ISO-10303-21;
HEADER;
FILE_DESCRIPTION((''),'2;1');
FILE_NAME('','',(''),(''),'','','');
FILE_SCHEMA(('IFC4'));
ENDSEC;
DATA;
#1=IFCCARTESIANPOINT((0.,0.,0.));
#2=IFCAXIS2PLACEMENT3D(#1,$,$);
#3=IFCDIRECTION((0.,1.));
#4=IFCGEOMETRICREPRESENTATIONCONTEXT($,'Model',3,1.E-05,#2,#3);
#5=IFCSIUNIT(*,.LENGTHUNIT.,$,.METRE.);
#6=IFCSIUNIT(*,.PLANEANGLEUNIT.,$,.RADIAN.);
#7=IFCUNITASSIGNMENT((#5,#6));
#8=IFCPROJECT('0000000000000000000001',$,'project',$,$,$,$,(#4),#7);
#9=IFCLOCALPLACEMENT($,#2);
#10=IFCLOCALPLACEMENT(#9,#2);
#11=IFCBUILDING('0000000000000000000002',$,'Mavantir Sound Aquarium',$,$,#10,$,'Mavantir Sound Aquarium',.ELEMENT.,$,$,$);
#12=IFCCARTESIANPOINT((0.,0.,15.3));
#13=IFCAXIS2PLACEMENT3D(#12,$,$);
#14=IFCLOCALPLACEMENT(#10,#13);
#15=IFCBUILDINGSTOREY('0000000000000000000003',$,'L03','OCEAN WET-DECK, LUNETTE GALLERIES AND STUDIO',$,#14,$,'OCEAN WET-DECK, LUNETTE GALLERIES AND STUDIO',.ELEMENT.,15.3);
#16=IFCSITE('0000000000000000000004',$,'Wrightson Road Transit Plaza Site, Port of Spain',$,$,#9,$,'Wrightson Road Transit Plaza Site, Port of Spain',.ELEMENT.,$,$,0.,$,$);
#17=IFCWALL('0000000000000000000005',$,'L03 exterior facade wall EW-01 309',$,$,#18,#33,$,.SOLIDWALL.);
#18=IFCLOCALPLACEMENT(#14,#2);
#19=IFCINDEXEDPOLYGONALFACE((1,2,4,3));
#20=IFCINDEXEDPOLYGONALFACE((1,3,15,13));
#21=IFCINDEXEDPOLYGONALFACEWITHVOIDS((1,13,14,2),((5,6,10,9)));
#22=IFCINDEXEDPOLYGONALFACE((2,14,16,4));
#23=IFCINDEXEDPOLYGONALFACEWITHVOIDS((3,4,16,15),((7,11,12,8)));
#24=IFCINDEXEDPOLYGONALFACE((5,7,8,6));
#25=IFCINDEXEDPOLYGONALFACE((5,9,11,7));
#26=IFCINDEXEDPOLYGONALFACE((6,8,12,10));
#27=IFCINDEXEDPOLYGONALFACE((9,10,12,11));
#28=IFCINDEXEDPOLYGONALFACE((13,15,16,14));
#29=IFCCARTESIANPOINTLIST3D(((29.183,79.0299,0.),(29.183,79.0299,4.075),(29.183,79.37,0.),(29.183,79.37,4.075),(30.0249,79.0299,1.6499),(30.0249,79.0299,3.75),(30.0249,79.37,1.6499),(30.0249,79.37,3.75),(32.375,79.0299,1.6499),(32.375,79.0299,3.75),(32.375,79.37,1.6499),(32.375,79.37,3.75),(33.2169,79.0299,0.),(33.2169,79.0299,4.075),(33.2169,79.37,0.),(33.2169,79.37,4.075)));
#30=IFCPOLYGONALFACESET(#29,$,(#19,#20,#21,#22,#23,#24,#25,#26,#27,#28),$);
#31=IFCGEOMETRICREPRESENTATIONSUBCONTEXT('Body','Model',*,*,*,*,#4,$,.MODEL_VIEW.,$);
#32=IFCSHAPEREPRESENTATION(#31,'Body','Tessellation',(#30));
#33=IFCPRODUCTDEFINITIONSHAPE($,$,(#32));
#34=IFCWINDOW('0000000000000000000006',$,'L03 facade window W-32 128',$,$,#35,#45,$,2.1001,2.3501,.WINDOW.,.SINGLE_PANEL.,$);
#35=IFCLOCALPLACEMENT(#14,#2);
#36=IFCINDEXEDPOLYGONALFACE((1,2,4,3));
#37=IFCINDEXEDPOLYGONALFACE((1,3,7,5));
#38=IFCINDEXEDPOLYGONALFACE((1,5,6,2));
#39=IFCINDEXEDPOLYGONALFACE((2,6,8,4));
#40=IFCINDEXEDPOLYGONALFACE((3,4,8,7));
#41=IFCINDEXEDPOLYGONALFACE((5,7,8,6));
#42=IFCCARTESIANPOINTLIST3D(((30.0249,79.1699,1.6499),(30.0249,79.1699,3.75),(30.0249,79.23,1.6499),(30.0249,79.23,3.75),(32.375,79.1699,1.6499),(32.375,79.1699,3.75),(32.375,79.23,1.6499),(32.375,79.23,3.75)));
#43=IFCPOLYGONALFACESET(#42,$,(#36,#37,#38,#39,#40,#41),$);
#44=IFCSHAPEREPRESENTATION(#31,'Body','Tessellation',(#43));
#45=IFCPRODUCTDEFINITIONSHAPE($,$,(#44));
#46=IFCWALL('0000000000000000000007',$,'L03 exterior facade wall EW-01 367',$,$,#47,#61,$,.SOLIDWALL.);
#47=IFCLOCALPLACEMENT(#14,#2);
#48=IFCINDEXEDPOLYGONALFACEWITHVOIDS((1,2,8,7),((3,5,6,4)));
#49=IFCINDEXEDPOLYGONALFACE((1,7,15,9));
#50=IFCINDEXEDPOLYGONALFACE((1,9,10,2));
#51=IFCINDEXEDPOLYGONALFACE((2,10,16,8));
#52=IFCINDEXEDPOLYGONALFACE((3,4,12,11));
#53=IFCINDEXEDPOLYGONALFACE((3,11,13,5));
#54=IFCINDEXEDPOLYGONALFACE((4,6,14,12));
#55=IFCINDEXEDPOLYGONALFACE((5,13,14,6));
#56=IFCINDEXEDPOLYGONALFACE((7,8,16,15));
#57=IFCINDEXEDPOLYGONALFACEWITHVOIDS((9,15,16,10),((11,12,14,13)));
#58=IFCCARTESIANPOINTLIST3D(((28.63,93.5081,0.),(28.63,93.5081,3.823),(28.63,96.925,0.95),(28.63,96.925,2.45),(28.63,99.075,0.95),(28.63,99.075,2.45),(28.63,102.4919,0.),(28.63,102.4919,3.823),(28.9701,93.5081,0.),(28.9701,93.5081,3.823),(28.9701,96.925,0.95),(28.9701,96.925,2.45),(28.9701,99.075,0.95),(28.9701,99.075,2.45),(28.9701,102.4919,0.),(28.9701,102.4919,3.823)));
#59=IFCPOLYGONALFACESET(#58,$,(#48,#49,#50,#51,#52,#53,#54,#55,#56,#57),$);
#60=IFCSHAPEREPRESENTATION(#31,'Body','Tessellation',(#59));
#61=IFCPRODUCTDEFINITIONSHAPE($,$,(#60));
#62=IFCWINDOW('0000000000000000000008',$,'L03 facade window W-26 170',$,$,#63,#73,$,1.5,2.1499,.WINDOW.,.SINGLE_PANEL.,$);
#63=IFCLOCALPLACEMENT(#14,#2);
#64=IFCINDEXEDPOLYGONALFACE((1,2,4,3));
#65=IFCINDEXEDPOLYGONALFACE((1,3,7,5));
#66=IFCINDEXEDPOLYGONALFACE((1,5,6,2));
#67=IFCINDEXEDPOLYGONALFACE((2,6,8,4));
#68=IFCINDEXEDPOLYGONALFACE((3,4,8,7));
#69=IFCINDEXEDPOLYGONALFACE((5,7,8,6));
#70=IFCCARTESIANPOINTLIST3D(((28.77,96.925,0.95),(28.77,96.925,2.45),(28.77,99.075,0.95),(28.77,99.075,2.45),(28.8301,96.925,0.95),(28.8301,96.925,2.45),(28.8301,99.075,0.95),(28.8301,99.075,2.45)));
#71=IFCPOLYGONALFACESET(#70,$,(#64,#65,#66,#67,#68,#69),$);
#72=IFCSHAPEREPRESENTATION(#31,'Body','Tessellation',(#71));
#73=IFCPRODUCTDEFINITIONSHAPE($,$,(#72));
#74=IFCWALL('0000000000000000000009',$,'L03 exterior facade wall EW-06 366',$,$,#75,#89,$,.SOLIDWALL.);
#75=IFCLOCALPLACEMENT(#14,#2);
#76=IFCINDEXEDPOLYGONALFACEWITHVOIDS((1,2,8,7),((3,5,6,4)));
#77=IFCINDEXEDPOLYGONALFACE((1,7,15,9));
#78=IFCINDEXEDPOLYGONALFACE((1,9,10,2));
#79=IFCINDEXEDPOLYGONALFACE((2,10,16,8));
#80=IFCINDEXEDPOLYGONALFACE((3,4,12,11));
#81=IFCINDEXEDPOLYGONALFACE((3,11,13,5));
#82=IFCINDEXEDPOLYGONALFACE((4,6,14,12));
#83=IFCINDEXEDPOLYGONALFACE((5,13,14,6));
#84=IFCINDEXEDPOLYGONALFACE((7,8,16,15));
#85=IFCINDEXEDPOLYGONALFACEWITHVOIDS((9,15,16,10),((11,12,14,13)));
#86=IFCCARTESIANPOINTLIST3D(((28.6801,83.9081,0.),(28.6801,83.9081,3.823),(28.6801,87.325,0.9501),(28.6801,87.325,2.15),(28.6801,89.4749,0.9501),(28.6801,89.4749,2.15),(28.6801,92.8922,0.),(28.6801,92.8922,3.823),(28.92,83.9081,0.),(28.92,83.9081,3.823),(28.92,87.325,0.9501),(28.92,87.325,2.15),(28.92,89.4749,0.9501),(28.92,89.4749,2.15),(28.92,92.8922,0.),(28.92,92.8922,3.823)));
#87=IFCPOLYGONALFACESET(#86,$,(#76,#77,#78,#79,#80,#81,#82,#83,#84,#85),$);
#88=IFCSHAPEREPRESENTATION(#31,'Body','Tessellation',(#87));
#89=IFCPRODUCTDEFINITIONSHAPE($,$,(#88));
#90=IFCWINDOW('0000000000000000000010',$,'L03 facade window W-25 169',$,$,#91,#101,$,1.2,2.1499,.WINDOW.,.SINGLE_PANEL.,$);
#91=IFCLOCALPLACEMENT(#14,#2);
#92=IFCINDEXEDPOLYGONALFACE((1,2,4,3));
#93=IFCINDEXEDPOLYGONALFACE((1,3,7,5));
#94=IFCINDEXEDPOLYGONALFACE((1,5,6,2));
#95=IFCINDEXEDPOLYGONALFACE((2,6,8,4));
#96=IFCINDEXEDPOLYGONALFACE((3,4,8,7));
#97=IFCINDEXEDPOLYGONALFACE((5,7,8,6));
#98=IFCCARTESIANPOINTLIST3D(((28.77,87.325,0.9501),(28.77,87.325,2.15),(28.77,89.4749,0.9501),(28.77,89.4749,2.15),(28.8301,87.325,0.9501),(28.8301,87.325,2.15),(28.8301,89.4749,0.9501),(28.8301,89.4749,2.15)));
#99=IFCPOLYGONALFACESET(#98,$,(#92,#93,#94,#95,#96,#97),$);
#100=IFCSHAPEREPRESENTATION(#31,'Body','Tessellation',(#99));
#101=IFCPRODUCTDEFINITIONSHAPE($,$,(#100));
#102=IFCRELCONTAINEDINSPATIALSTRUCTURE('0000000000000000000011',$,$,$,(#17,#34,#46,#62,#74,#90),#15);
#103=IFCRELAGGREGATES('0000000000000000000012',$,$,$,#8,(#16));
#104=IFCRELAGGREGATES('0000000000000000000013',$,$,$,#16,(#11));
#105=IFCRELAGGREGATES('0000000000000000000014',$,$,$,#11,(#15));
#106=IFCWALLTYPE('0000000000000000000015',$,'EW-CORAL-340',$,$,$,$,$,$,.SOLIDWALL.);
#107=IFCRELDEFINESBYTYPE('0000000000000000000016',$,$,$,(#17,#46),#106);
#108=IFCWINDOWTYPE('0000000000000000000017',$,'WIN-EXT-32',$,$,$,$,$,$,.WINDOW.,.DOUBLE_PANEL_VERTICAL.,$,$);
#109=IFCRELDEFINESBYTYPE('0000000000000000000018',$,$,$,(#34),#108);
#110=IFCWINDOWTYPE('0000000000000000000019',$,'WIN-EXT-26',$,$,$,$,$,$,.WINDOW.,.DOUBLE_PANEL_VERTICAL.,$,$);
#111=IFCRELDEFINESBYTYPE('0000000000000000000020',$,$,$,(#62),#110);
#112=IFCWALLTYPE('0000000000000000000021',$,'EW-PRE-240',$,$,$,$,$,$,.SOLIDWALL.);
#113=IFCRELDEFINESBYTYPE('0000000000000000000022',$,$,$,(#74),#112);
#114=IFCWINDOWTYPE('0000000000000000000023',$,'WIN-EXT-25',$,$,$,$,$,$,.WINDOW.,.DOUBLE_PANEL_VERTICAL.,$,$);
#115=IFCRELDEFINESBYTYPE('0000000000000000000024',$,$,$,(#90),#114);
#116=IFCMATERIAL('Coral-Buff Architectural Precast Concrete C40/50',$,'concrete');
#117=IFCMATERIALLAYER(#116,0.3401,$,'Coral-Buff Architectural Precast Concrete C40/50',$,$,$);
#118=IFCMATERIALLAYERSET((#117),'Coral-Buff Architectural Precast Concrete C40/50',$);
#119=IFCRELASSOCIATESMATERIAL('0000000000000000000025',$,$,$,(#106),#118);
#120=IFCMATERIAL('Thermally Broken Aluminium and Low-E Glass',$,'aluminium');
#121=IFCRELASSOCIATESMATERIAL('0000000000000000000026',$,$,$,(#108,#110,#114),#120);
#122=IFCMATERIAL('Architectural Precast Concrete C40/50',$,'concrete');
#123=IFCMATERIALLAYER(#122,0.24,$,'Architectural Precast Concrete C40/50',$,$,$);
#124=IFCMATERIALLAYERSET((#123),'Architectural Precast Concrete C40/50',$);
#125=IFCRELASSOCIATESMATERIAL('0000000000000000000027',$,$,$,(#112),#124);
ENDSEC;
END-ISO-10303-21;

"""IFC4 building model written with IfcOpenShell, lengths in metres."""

from ifc_helpers import new_model, si_unit, direction, frame, frame_2d, origin, place, context, subcontext, project, spatial, rectangle, extrude, material, layer, layer_set, type_object, element, fill, save


model = new_model("IFC4")

# Units and contexts
model_context = context("Model", 3, precision=1e-05, world=origin(), true_north=direction((0.0, 1.0)))
body_context = subcontext(model_context, "Body", "Model", "MODEL_VIEW")
ifc_project = project(units=[si_unit("LENGTHUNIT", "METRE"), si_unit("PLANEANGLEUNIT", "RADIAN")], contexts=[model_context])

# Site, building, storey
site_placement = place(None, origin())
site = spatial("IfcSite", under=ifc_project, at=site_placement, Name="Wrightson Road Transit Plaza Site, Port of Spain", LongName="Wrightson Road Transit Plaza Site, Port of Spain", CompositionType="ELEMENT", RefElevation=0.0)
building_placement = place(site_placement, origin())
building = spatial("IfcBuilding", under=site, at=building_placement, Name="Mavantir Sound Aquarium", LongName="Mavantir Sound Aquarium", CompositionType="ELEMENT")
storey_placement = place(building_placement, frame((0.0, 0.0, 15.3)))
storey = spatial("IfcBuildingStorey", under=building, at=storey_placement, Name="L03", Description="OCEAN WET-DECK, LUNETTE GALLERIES AND STUDIO", LongName="OCEAN WET-DECK, LUNETTE GALLERIES AND STUDIO", CompositionType="ELEMENT", Elevation=15.3)

# Walls, openings, windows
ifc_material_1 = material(Name="Coral-Buff Architectural Precast Concrete C40/50", Category="concrete")
ifc_layer_1 = layer(ifc_material_1, 0.3401, Name="Coral-Buff Architectural Precast Concrete C40/50")
ifc_layer_set_1 = layer_set([ifc_layer_1], Name="Coral-Buff Architectural Precast Concrete C40/50")
wall_type_1 = type_object("IfcWallType", Name="EW-CORAL-340", PredefinedType="SOLIDWALL", material=ifc_layer_set_1)
ifc_material_2 = material(Name="Thermally Broken Aluminium and Low-E Glass", Category="aluminium")
wall_1_placement = place(storey_placement, frame((33.217, 79.2, 0.0), z_axis=(0.0, 0.0, 1.0), x_axis=(-1.0, 0.0, 0.0)))
wall_1 = element("IfcWall", 1, at=wall_1_placement, inside=storey, type_object=wall_type_1, Name="L03 exterior facade wall EW-01 309", PredefinedType="SOLIDWALL", context=body_context, shape_type="SweptSolid", body=[
    extrude(rectangle(XDim=4.0339, YDim=0.3401, at=frame_2d((2.0171, 0.0))), origin(), (0.0, 0.0, 1.0), 4.075),
])
opening_1_placement = place(wall_1_placement, frame((0.842, 0.0, 1.6499)))
opening_1 = element("IfcOpeningElement", 2, at=opening_1_placement, cuts=wall_1, PredefinedType="OPENING", context=body_context, shape_type="SweptSolid", body=[
    extrude(rectangle(XDim=2.3501, YDim=2.1001, at=frame_2d((1.175, 1.05))), frame((0.0, 0.1802, 0.0), z_axis=(0.0, -1.0, 0.0), x_axis=(1.0, 0.0, 0.0)), (0.0, 0.0, 1.0), 0.3601),
])
window_type_1 = type_object("IfcWindowType", Name="WIN-EXT-32", PartitioningType="DOUBLE_PANEL_VERTICAL", PredefinedType="WINDOW", material=ifc_material_2)
window_1_placement = place(opening_1_placement, origin())
window_1 = element("IfcWindow", 3, at=window_1_placement, inside=storey, type_object=window_type_1, Name="L03 facade window W-32 128", OverallHeight=2.1001, OverallWidth=2.3501, PartitioningType="SINGLE_PANEL", PredefinedType="WINDOW", context=body_context, shape_type="SweptSolid", body=[
    extrude(rectangle(XDim=2.3501, YDim=2.1001, at=frame_2d((1.175, 1.05))), frame((0.0, 0.03, 0.0), z_axis=(0.0, -1.0, 0.0), x_axis=(1.0, 0.0, 0.0)), (0.0, 0.0, 1.0), 0.0601),
])
fill(opening_1, window_1)
wall_2_placement = place(storey_placement, frame((28.8, 93.5081, 0.0), z_axis=(0.0, 0.0, 1.0), x_axis=(0.0, 1.0, 0.0)))
wall_2 = element("IfcWall", 4, at=wall_2_placement, inside=storey, type_object=wall_type_1, Name="L03 exterior facade wall EW-01 367", PredefinedType="SOLIDWALL", context=body_context, shape_type="SweptSolid", body=[
    extrude(rectangle(XDim=8.9839, YDim=0.3401, at=frame_2d((4.4919, 0.0))), origin(), (0.0, 0.0, 1.0), 3.823),
])
opening_2_placement = place(wall_2_placement, frame((3.417, 0.0, 0.95)))
opening_2 = element("IfcOpeningElement", 5, at=opening_2_placement, cuts=wall_2, PredefinedType="OPENING", context=body_context, shape_type="SweptSolid", body=[
    extrude(rectangle(XDim=2.1499, YDim=1.5, at=frame_2d((1.075, 0.75))), frame((0.0, 0.1802, 0.0), z_axis=(0.0, -1.0, 0.0), x_axis=(1.0, 0.0, 0.0)), (0.0, 0.0, 1.0), 0.3601),
])
window_type_2 = type_object("IfcWindowType", Name="WIN-EXT-26", PartitioningType="DOUBLE_PANEL_VERTICAL", PredefinedType="WINDOW", material=ifc_material_2)
window_2_placement = place(opening_2_placement, origin())
window_2 = element("IfcWindow", 6, at=window_2_placement, inside=storey, type_object=window_type_2, Name="L03 facade window W-26 170", OverallHeight=1.5, OverallWidth=2.1499, PartitioningType="SINGLE_PANEL", PredefinedType="WINDOW", context=body_context, shape_type="SweptSolid", body=[
    extrude(rectangle(XDim=2.1499, YDim=1.5, at=frame_2d((1.075, 0.75))), frame((0.0, 0.03, 0.0), z_axis=(0.0, -1.0, 0.0), x_axis=(1.0, 0.0, 0.0)), (0.0, 0.0, 1.0), 0.0601),
])
fill(opening_2, window_2)
ifc_material_3 = material(Name="Architectural Precast Concrete C40/50", Category="concrete")
ifc_layer_2 = layer(ifc_material_3, 0.24, Name="Architectural Precast Concrete C40/50")
ifc_layer_set_2 = layer_set([ifc_layer_2], Name="Architectural Precast Concrete C40/50")
wall_type_2 = type_object("IfcWallType", Name="EW-PRE-240", PredefinedType="SOLIDWALL", material=ifc_layer_set_2)
wall_3_placement = place(storey_placement, frame((28.8, 83.908, 0.0), z_axis=(0.0, 0.0, 1.0), x_axis=(0.0, 1.0, 0.0)))
wall_3 = element("IfcWall", 7, at=wall_3_placement, inside=storey, type_object=wall_type_2, Name="L03 exterior facade wall EW-06 366", PredefinedType="SOLIDWALL", context=body_context, shape_type="SweptSolid", body=[
    extrude(rectangle(XDim=8.9841, YDim=0.24, at=frame_2d((4.4922, 0.0))), origin(), (0.0, 0.0, 1.0), 3.823),
])
opening_3_placement = place(wall_3_placement, frame((3.417, 0.0, 0.95)))
opening_3 = element("IfcOpeningElement", 8, at=opening_3_placement, cuts=wall_3, PredefinedType="OPENING", context=body_context, shape_type="SweptSolid", body=[
    extrude(rectangle(XDim=2.1499, YDim=1.2, at=frame_2d((1.075, 0.6001))), frame((0.0, 0.1299, 0.0), z_axis=(0.0, -1.0, 0.0), x_axis=(1.0, 0.0, 0.0)), (0.0, 0.0, 1.0), 0.26),
])
window_type_3 = type_object("IfcWindowType", Name="WIN-EXT-25", PartitioningType="DOUBLE_PANEL_VERTICAL", PredefinedType="WINDOW", material=ifc_material_2)
window_3_placement = place(opening_3_placement, origin())
window_3 = element("IfcWindow", 9, at=window_3_placement, inside=storey, type_object=window_type_3, Name="L03 facade window W-25 169", OverallHeight=1.2, OverallWidth=2.1499, PartitioningType="SINGLE_PANEL", PredefinedType="WINDOW", context=body_context, shape_type="SweptSolid", body=[
    extrude(rectangle(XDim=2.1499, YDim=1.2, at=frame_2d((1.075, 0.6001))), frame((0.0, 0.03, 0.0), z_axis=(0.0, -1.0, 0.0), x_axis=(1.0, 0.0, 0.0)), (0.0, 0.0, 1.0), 0.0601),
])
fill(opening_3, window_3)

save(model, "model.ifc")
